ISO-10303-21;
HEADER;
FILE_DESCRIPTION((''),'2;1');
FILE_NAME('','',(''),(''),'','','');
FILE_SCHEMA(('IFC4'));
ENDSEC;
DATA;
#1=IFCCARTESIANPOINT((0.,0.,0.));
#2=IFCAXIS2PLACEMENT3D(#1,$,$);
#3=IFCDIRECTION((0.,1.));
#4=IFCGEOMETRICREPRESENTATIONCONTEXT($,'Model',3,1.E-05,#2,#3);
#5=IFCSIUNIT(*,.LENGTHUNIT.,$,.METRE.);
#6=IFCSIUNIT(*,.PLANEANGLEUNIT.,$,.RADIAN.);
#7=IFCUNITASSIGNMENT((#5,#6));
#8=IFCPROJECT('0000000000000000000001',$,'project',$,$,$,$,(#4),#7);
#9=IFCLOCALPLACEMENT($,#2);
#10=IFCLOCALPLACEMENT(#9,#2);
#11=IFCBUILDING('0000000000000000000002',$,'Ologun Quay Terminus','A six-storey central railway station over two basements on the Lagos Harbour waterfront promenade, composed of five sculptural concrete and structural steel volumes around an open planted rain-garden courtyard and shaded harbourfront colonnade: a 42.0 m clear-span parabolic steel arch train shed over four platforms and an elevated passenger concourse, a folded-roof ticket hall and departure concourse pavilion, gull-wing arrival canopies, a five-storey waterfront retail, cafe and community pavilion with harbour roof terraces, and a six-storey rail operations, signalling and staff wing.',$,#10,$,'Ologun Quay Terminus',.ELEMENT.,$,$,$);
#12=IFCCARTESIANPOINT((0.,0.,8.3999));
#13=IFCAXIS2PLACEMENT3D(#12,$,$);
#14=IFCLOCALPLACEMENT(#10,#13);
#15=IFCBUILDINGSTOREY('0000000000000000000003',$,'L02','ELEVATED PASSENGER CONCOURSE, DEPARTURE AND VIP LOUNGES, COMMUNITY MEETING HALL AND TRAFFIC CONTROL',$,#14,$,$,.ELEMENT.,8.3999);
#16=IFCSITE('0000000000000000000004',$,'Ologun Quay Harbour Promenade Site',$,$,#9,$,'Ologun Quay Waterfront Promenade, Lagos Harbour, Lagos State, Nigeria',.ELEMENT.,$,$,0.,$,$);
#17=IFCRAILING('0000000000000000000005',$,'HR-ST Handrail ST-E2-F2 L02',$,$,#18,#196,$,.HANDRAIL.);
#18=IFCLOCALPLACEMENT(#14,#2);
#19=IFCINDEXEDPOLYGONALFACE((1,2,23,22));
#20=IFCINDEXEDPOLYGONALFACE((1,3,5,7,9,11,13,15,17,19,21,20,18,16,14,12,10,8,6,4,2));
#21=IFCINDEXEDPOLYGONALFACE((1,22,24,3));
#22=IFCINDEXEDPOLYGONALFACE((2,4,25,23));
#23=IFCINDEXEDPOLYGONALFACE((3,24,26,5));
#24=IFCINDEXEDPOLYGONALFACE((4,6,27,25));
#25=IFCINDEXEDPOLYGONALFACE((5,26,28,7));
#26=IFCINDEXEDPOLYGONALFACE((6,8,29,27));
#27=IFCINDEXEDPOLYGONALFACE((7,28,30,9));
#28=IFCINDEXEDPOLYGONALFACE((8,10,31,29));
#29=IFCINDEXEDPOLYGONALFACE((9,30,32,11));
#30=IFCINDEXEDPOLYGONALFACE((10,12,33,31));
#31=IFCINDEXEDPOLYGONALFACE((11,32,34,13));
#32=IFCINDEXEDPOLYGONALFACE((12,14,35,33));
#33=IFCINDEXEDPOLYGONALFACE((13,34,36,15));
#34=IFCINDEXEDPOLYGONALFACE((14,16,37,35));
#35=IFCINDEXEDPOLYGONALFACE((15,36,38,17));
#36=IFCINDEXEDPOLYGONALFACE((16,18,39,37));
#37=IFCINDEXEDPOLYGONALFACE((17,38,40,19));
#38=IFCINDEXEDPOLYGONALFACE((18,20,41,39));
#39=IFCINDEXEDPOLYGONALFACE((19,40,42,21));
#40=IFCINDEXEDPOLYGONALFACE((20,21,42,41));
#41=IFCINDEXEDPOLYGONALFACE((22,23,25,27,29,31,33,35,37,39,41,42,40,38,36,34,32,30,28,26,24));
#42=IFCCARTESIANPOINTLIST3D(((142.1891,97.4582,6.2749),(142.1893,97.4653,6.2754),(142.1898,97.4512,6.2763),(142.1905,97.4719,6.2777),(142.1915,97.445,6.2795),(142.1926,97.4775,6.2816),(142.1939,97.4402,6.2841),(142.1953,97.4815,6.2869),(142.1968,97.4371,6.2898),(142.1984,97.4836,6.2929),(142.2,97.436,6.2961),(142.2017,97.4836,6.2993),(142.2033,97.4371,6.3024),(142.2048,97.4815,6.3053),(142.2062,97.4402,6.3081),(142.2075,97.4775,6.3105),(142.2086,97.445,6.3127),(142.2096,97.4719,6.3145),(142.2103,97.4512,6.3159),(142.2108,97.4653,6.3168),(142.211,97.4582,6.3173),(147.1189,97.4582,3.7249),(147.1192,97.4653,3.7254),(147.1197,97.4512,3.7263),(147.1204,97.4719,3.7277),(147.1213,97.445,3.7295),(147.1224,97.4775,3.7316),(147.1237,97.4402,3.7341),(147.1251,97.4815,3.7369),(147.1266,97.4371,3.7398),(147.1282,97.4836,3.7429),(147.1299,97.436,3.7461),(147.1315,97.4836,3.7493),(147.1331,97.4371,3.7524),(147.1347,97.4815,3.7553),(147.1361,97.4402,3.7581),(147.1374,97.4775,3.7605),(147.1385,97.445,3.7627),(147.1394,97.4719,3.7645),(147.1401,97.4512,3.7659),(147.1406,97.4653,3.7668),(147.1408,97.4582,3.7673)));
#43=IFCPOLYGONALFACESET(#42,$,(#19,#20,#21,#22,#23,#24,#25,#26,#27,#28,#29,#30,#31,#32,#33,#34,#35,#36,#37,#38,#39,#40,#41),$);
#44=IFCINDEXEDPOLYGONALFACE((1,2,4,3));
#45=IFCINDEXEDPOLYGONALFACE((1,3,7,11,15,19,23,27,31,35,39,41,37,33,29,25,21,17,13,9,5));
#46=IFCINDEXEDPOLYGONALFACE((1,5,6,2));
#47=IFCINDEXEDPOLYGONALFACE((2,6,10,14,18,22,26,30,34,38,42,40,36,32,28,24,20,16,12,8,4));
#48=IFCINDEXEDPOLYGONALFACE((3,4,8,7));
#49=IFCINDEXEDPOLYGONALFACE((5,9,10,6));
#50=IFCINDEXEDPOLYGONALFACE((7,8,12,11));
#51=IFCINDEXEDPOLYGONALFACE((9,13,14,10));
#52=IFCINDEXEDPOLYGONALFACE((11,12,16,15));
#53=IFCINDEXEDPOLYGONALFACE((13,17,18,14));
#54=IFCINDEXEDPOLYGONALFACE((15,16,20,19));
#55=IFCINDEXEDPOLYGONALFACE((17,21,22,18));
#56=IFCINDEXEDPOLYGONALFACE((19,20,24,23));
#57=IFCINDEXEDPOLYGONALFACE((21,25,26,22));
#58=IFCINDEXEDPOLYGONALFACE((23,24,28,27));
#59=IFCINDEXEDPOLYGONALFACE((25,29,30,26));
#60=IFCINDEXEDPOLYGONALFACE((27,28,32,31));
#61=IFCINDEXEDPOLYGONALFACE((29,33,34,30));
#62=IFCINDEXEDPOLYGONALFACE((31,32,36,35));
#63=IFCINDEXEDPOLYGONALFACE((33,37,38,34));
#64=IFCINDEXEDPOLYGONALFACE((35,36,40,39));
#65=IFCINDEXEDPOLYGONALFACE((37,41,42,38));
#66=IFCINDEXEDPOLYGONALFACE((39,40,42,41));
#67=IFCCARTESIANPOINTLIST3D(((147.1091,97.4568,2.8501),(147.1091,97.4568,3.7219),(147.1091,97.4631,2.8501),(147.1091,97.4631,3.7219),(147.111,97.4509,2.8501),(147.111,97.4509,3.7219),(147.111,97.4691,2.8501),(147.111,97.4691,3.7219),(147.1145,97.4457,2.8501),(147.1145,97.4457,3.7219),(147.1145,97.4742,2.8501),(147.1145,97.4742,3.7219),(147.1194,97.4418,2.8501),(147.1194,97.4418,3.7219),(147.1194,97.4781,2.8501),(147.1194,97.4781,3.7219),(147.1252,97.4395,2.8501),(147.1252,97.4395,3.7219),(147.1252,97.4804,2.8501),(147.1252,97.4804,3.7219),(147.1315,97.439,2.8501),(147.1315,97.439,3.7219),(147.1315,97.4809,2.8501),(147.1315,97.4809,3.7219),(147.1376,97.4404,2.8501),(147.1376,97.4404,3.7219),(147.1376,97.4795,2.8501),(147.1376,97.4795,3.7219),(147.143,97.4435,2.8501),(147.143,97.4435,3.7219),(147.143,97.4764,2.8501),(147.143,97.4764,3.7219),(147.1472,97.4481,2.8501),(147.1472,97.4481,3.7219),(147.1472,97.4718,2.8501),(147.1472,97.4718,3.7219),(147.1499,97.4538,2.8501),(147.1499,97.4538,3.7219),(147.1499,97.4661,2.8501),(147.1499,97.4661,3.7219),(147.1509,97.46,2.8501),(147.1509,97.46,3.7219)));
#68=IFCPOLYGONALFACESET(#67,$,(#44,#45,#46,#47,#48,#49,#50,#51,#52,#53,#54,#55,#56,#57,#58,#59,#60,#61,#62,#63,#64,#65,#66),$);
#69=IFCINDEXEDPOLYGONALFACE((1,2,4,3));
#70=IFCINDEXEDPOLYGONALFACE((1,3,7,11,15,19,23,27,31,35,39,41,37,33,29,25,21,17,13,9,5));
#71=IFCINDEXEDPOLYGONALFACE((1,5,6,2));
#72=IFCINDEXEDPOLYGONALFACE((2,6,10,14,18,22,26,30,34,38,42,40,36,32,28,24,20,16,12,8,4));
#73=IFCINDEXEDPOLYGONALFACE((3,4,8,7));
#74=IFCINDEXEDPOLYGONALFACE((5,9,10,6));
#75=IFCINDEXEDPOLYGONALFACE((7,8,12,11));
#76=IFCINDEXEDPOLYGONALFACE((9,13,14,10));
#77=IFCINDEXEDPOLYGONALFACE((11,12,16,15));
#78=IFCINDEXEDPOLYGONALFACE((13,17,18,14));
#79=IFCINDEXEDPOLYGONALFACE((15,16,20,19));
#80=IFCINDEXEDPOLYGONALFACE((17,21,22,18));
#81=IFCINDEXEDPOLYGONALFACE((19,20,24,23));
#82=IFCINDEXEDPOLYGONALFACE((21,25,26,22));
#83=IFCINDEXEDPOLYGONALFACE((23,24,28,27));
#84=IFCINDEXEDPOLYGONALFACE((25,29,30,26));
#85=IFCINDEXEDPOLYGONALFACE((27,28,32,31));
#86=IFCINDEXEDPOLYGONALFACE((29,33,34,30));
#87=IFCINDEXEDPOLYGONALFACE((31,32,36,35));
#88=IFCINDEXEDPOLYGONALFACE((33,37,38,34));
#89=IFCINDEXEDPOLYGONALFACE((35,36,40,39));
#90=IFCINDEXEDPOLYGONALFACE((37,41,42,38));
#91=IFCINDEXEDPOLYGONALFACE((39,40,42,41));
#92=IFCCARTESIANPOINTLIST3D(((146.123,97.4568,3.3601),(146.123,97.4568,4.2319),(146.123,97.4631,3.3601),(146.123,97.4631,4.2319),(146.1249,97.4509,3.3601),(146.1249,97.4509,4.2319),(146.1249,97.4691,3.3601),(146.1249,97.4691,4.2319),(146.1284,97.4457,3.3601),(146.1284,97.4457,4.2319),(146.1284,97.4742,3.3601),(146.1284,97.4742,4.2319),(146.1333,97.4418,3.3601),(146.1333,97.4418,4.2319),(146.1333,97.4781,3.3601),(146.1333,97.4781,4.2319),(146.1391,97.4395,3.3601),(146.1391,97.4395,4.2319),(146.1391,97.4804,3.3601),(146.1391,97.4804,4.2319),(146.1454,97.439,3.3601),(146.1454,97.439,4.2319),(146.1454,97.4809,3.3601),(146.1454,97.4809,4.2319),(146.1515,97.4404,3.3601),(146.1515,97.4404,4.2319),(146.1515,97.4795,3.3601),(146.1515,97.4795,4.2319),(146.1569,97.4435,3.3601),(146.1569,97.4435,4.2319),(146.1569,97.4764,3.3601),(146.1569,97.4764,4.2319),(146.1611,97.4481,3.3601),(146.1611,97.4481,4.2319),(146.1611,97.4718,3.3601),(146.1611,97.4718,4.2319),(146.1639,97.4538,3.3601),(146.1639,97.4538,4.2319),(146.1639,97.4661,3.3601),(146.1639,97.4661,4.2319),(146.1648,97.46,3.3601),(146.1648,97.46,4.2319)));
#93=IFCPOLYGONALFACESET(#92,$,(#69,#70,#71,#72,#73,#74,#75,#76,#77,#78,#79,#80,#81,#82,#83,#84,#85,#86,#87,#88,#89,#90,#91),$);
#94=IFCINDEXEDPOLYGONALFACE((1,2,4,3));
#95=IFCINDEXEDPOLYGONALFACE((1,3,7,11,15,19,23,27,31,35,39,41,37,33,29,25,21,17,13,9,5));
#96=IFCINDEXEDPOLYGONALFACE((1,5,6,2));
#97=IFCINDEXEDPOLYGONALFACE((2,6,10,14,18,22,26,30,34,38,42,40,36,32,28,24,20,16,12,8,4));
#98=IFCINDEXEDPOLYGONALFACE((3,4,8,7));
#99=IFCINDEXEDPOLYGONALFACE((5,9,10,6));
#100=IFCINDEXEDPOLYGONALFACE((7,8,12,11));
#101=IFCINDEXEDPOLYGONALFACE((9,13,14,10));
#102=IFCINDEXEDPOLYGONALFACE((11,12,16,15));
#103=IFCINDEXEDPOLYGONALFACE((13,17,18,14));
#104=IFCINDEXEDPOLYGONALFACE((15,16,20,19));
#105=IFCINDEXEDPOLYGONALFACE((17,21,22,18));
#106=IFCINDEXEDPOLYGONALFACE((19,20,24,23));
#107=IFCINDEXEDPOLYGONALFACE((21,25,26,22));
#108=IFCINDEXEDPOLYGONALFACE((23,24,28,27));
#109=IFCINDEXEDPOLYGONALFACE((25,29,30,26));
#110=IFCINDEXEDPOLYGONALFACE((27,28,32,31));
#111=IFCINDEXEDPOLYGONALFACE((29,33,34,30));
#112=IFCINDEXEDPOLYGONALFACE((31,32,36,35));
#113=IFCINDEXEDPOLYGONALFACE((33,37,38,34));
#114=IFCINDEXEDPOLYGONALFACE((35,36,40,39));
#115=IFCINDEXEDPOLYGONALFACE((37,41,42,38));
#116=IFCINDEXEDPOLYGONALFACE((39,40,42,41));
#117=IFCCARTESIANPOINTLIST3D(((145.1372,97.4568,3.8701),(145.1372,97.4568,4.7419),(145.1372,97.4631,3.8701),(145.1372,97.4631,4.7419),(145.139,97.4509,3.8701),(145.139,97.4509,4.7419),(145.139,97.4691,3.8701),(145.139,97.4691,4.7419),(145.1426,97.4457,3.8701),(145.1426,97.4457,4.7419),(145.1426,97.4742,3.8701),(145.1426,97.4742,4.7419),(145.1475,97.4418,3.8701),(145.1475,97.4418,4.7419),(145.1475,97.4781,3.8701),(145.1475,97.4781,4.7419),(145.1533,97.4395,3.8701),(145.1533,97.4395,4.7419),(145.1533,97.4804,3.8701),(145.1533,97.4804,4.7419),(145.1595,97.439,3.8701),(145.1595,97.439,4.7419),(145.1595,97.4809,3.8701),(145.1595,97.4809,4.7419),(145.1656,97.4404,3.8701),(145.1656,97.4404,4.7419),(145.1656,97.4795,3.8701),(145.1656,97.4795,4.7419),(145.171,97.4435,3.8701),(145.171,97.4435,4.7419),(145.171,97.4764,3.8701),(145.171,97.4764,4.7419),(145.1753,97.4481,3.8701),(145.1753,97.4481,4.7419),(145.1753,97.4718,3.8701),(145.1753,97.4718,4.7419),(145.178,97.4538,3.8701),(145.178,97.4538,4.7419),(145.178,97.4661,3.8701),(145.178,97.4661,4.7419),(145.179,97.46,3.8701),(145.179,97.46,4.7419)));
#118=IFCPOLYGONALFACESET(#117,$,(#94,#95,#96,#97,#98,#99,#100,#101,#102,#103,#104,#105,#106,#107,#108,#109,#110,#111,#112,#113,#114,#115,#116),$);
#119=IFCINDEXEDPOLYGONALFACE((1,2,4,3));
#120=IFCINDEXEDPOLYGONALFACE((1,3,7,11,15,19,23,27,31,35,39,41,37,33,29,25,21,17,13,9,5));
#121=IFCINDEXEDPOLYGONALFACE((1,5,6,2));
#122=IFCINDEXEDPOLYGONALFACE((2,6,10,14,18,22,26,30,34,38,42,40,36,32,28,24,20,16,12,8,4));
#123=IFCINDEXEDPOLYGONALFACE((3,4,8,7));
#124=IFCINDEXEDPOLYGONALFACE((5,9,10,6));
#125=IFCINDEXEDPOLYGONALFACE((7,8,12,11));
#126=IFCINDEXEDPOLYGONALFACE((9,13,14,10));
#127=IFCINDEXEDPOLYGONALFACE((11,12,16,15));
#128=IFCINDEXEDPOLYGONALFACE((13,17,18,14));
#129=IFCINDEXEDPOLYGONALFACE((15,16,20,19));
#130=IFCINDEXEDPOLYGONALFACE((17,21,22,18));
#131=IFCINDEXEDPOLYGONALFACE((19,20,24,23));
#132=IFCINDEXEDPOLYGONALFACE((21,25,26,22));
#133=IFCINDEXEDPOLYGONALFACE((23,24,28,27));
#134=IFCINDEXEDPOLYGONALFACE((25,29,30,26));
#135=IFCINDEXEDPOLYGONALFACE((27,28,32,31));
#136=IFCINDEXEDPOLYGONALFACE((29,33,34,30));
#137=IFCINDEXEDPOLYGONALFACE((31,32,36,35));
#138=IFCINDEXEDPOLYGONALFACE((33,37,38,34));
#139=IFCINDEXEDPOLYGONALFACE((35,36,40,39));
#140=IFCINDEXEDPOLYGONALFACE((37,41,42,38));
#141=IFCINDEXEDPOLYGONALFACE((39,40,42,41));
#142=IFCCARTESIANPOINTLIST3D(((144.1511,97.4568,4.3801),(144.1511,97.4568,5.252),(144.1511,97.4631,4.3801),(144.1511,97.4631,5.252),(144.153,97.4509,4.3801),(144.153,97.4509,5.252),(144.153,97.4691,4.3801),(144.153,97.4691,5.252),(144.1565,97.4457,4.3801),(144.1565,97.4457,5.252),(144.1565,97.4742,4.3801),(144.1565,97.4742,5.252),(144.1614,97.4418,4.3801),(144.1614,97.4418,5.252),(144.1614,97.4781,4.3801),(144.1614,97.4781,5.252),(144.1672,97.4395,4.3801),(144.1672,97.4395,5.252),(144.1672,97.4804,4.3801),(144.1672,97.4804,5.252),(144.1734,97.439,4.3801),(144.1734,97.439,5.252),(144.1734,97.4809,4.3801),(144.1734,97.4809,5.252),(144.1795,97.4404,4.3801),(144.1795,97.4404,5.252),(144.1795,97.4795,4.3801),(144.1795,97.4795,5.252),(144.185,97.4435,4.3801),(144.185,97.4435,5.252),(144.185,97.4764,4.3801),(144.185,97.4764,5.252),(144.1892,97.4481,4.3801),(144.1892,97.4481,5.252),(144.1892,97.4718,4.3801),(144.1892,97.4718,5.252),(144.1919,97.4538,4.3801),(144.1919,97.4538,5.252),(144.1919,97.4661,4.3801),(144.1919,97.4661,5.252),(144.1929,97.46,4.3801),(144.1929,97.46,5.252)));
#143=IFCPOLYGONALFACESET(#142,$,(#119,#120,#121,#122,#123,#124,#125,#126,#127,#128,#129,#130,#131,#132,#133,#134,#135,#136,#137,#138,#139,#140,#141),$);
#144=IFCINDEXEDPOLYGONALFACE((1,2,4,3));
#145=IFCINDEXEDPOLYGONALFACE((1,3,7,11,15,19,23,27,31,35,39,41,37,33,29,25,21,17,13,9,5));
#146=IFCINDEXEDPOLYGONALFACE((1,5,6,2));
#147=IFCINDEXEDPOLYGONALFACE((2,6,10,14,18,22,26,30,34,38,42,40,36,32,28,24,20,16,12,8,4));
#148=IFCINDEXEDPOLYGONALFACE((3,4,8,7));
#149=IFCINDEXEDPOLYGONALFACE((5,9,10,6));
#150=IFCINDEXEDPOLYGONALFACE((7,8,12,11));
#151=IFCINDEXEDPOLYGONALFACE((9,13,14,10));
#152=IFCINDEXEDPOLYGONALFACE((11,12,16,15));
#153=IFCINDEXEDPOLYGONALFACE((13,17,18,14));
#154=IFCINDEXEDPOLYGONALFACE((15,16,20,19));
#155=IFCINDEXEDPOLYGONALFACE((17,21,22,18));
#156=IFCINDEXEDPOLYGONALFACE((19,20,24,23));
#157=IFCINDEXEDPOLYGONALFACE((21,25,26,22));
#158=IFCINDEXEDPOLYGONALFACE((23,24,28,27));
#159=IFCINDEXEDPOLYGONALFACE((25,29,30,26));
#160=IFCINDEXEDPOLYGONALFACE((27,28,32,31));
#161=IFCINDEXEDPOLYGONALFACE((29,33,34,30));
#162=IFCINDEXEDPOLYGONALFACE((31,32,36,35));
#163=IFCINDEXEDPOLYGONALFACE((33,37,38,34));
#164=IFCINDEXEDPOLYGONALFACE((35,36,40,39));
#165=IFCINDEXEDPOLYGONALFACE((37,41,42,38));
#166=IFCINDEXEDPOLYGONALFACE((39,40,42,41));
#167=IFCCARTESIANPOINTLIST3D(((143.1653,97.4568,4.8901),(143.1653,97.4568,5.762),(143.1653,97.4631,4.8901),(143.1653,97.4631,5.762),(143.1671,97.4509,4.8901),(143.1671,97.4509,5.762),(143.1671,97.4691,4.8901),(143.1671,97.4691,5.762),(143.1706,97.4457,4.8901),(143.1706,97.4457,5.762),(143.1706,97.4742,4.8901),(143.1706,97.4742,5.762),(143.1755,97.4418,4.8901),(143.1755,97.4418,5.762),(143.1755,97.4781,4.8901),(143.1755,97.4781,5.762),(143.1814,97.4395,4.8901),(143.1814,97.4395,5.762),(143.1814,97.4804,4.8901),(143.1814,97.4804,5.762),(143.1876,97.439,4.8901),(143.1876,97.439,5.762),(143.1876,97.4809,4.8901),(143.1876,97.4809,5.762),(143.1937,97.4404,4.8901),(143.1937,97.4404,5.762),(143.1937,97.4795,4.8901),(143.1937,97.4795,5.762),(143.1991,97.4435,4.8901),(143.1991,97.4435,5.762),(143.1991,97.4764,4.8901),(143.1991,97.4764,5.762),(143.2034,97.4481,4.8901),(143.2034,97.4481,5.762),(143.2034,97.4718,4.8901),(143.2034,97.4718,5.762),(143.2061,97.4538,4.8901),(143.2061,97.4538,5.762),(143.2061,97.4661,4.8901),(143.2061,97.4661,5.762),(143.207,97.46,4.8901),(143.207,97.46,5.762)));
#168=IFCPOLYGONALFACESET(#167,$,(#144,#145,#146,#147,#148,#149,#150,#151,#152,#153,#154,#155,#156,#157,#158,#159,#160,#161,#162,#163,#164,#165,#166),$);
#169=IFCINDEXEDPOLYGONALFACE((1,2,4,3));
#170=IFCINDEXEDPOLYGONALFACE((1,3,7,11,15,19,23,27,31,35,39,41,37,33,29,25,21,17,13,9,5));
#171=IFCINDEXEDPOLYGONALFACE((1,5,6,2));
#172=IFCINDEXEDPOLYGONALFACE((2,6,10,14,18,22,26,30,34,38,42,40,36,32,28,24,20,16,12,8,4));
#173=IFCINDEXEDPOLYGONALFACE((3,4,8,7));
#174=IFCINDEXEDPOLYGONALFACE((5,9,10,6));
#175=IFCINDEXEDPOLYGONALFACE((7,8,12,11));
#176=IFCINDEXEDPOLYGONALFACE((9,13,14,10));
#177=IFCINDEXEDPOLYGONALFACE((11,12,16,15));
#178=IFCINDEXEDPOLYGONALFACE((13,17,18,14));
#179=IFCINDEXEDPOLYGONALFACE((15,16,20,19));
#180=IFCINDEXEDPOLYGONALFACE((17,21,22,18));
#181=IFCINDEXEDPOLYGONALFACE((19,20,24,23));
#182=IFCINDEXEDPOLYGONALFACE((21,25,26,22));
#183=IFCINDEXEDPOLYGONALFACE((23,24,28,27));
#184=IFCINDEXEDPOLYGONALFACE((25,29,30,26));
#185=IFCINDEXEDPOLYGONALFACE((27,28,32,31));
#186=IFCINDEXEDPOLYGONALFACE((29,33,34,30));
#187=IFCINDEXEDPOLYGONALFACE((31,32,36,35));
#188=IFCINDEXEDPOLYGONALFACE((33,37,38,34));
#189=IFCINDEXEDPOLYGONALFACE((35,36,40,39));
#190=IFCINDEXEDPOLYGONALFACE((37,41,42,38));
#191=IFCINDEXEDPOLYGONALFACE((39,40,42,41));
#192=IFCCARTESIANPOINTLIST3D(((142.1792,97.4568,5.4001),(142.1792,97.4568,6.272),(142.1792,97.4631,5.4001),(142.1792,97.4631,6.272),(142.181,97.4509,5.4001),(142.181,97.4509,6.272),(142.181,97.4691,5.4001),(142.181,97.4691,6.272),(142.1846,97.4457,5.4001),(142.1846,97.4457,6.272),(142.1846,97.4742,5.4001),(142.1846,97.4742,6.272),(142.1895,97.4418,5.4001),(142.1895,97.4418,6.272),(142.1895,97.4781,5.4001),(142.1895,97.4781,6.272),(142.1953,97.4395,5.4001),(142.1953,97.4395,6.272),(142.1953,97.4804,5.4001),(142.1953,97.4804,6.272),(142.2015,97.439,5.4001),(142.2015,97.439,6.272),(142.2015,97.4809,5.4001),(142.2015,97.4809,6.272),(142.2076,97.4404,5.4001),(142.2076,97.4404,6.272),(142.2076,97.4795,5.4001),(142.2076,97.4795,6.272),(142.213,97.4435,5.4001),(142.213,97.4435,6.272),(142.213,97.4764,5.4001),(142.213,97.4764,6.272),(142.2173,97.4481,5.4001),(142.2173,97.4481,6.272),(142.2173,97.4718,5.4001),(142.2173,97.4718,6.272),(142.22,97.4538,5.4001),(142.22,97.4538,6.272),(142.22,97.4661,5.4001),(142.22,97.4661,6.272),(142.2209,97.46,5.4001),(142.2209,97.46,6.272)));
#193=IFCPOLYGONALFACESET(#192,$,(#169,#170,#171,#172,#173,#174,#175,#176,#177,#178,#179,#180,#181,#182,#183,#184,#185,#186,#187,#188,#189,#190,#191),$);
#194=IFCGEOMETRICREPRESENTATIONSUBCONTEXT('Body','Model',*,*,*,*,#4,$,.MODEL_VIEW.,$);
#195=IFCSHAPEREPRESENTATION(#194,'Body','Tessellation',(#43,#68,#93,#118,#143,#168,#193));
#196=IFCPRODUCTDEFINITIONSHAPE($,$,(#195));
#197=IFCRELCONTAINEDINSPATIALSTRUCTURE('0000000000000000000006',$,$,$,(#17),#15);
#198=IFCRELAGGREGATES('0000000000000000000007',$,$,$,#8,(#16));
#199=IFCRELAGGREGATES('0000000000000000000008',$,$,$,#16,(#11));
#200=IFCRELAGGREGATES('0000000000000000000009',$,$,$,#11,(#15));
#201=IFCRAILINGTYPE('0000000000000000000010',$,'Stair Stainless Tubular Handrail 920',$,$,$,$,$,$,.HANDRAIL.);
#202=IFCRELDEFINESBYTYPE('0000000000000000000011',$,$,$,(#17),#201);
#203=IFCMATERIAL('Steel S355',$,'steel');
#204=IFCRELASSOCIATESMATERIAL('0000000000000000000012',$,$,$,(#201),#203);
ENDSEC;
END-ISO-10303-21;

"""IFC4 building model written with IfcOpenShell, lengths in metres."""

from ifc_helpers import new_model, si_unit, direction, frame, origin, origin_2d, place, context, subcontext, project, spatial, circle, extrude, material, type_object, element, save


model = new_model("IFC4")

# Units and contexts
model_context = context("Model", 3, precision=1e-05, world=origin(), true_north=direction((0.0, 1.0)))
body_context = subcontext(model_context, "Body", "Model", "MODEL_VIEW")
ifc_project = project(units=[si_unit("LENGTHUNIT", "METRE"), si_unit("PLANEANGLEUNIT", "RADIAN")], contexts=[model_context])

# Site, building, storey
site_placement = place(None, origin())
site = spatial("IfcSite", under=ifc_project, at=site_placement, Name="Ologun Quay Harbour Promenade Site", LongName="Ologun Quay Waterfront Promenade, Lagos Harbour, Lagos State, Nigeria", CompositionType="ELEMENT", RefElevation=0.0)
building_placement = place(site_placement, origin())
building = spatial("IfcBuilding", under=site, at=building_placement, Name="Ologun Quay Terminus", Description="A six-storey central railway station over two basements on the Lagos Harbour waterfront promenade, composed of five sculptural concrete and structural steel volumes around an open planted rain-garden courtyard and shaded harbourfront colonnade: a 42.0 m clear-span parabolic steel arch train shed over four platforms and an elevated passenger concourse, a folded-roof ticket hall and departure concourse pavilion, gull-wing arrival canopies, a five-storey waterfront retail, cafe and community pavilion with harbour roof terraces, and a six-storey rail operations, signalling and staff wing.", LongName="Ologun Quay Terminus", CompositionType="ELEMENT")
storey_placement = place(building_placement, frame((0.0, 0.0, 8.3999)))
storey = spatial("IfcBuildingStorey", under=building, at=storey_placement, Name="L02", Description="ELEVATED PASSENGER CONCOURSE, DEPARTURE AND VIP LOUNGES, COMMUNITY MEETING HALL AND TRAFFIC CONTROL", CompositionType="ELEMENT", Elevation=8.3999)

# Railing
ifc_material_1 = material(Name="Steel S355", Category="steel")
railing_type_1 = type_object("IfcRailingType", Name="Stair Stainless Tubular Handrail 920", PredefinedType="HANDRAIL", material=ifc_material_1)
railing_1_placement = place(storey_placement, frame((147.1299, 97.46, 2.8501)))
element("IfcRailing", 1, at=railing_1_placement, inside=storey, type_object=railing_type_1, Name="HR-ST Handrail ST-E2-F2 L02", PredefinedType="HANDRAIL", context=body_context, shape_type="SweptSolid", body=[
    extrude(circle(Radius=0.0239, at=origin_2d()), frame((0.0, 0.0, 0.896), z_axis=(-0.888211, 0.0, 0.459435), x_axis=(0.0, -1.0, 0.0)), (0.0, 0.0, 1.0), 5.5503),
    extrude(circle(Radius=0.021, at=origin_2d()), origin(), (0.0, 0.0, 1.0), 0.8718),
    extrude(circle(Radius=0.021, at=origin_2d()), frame((-0.9861, 0.0, 0.51)), (0.0, 0.0, 1.0), 0.8718),
    extrude(circle(Radius=0.021, at=origin_2d()), frame((-1.9719, 0.0, 1.02)), (0.0, 0.0, 1.0), 0.8718),
    extrude(circle(Radius=0.021, at=origin_2d()), frame((-2.958, 0.0, 1.53)), (0.0, 0.0, 1.0), 0.8718),
    extrude(circle(Radius=0.021, at=origin_2d()), frame((-3.9438, 0.0, 2.04)), (0.0, 0.0, 1.0), 0.8718),
    extrude(circle(Radius=0.021, at=origin_2d()), frame((-4.9299, 0.0, 2.55)), (0.0, 0.0, 1.0), 0.8718),
])

save(model, "model.ifc")
